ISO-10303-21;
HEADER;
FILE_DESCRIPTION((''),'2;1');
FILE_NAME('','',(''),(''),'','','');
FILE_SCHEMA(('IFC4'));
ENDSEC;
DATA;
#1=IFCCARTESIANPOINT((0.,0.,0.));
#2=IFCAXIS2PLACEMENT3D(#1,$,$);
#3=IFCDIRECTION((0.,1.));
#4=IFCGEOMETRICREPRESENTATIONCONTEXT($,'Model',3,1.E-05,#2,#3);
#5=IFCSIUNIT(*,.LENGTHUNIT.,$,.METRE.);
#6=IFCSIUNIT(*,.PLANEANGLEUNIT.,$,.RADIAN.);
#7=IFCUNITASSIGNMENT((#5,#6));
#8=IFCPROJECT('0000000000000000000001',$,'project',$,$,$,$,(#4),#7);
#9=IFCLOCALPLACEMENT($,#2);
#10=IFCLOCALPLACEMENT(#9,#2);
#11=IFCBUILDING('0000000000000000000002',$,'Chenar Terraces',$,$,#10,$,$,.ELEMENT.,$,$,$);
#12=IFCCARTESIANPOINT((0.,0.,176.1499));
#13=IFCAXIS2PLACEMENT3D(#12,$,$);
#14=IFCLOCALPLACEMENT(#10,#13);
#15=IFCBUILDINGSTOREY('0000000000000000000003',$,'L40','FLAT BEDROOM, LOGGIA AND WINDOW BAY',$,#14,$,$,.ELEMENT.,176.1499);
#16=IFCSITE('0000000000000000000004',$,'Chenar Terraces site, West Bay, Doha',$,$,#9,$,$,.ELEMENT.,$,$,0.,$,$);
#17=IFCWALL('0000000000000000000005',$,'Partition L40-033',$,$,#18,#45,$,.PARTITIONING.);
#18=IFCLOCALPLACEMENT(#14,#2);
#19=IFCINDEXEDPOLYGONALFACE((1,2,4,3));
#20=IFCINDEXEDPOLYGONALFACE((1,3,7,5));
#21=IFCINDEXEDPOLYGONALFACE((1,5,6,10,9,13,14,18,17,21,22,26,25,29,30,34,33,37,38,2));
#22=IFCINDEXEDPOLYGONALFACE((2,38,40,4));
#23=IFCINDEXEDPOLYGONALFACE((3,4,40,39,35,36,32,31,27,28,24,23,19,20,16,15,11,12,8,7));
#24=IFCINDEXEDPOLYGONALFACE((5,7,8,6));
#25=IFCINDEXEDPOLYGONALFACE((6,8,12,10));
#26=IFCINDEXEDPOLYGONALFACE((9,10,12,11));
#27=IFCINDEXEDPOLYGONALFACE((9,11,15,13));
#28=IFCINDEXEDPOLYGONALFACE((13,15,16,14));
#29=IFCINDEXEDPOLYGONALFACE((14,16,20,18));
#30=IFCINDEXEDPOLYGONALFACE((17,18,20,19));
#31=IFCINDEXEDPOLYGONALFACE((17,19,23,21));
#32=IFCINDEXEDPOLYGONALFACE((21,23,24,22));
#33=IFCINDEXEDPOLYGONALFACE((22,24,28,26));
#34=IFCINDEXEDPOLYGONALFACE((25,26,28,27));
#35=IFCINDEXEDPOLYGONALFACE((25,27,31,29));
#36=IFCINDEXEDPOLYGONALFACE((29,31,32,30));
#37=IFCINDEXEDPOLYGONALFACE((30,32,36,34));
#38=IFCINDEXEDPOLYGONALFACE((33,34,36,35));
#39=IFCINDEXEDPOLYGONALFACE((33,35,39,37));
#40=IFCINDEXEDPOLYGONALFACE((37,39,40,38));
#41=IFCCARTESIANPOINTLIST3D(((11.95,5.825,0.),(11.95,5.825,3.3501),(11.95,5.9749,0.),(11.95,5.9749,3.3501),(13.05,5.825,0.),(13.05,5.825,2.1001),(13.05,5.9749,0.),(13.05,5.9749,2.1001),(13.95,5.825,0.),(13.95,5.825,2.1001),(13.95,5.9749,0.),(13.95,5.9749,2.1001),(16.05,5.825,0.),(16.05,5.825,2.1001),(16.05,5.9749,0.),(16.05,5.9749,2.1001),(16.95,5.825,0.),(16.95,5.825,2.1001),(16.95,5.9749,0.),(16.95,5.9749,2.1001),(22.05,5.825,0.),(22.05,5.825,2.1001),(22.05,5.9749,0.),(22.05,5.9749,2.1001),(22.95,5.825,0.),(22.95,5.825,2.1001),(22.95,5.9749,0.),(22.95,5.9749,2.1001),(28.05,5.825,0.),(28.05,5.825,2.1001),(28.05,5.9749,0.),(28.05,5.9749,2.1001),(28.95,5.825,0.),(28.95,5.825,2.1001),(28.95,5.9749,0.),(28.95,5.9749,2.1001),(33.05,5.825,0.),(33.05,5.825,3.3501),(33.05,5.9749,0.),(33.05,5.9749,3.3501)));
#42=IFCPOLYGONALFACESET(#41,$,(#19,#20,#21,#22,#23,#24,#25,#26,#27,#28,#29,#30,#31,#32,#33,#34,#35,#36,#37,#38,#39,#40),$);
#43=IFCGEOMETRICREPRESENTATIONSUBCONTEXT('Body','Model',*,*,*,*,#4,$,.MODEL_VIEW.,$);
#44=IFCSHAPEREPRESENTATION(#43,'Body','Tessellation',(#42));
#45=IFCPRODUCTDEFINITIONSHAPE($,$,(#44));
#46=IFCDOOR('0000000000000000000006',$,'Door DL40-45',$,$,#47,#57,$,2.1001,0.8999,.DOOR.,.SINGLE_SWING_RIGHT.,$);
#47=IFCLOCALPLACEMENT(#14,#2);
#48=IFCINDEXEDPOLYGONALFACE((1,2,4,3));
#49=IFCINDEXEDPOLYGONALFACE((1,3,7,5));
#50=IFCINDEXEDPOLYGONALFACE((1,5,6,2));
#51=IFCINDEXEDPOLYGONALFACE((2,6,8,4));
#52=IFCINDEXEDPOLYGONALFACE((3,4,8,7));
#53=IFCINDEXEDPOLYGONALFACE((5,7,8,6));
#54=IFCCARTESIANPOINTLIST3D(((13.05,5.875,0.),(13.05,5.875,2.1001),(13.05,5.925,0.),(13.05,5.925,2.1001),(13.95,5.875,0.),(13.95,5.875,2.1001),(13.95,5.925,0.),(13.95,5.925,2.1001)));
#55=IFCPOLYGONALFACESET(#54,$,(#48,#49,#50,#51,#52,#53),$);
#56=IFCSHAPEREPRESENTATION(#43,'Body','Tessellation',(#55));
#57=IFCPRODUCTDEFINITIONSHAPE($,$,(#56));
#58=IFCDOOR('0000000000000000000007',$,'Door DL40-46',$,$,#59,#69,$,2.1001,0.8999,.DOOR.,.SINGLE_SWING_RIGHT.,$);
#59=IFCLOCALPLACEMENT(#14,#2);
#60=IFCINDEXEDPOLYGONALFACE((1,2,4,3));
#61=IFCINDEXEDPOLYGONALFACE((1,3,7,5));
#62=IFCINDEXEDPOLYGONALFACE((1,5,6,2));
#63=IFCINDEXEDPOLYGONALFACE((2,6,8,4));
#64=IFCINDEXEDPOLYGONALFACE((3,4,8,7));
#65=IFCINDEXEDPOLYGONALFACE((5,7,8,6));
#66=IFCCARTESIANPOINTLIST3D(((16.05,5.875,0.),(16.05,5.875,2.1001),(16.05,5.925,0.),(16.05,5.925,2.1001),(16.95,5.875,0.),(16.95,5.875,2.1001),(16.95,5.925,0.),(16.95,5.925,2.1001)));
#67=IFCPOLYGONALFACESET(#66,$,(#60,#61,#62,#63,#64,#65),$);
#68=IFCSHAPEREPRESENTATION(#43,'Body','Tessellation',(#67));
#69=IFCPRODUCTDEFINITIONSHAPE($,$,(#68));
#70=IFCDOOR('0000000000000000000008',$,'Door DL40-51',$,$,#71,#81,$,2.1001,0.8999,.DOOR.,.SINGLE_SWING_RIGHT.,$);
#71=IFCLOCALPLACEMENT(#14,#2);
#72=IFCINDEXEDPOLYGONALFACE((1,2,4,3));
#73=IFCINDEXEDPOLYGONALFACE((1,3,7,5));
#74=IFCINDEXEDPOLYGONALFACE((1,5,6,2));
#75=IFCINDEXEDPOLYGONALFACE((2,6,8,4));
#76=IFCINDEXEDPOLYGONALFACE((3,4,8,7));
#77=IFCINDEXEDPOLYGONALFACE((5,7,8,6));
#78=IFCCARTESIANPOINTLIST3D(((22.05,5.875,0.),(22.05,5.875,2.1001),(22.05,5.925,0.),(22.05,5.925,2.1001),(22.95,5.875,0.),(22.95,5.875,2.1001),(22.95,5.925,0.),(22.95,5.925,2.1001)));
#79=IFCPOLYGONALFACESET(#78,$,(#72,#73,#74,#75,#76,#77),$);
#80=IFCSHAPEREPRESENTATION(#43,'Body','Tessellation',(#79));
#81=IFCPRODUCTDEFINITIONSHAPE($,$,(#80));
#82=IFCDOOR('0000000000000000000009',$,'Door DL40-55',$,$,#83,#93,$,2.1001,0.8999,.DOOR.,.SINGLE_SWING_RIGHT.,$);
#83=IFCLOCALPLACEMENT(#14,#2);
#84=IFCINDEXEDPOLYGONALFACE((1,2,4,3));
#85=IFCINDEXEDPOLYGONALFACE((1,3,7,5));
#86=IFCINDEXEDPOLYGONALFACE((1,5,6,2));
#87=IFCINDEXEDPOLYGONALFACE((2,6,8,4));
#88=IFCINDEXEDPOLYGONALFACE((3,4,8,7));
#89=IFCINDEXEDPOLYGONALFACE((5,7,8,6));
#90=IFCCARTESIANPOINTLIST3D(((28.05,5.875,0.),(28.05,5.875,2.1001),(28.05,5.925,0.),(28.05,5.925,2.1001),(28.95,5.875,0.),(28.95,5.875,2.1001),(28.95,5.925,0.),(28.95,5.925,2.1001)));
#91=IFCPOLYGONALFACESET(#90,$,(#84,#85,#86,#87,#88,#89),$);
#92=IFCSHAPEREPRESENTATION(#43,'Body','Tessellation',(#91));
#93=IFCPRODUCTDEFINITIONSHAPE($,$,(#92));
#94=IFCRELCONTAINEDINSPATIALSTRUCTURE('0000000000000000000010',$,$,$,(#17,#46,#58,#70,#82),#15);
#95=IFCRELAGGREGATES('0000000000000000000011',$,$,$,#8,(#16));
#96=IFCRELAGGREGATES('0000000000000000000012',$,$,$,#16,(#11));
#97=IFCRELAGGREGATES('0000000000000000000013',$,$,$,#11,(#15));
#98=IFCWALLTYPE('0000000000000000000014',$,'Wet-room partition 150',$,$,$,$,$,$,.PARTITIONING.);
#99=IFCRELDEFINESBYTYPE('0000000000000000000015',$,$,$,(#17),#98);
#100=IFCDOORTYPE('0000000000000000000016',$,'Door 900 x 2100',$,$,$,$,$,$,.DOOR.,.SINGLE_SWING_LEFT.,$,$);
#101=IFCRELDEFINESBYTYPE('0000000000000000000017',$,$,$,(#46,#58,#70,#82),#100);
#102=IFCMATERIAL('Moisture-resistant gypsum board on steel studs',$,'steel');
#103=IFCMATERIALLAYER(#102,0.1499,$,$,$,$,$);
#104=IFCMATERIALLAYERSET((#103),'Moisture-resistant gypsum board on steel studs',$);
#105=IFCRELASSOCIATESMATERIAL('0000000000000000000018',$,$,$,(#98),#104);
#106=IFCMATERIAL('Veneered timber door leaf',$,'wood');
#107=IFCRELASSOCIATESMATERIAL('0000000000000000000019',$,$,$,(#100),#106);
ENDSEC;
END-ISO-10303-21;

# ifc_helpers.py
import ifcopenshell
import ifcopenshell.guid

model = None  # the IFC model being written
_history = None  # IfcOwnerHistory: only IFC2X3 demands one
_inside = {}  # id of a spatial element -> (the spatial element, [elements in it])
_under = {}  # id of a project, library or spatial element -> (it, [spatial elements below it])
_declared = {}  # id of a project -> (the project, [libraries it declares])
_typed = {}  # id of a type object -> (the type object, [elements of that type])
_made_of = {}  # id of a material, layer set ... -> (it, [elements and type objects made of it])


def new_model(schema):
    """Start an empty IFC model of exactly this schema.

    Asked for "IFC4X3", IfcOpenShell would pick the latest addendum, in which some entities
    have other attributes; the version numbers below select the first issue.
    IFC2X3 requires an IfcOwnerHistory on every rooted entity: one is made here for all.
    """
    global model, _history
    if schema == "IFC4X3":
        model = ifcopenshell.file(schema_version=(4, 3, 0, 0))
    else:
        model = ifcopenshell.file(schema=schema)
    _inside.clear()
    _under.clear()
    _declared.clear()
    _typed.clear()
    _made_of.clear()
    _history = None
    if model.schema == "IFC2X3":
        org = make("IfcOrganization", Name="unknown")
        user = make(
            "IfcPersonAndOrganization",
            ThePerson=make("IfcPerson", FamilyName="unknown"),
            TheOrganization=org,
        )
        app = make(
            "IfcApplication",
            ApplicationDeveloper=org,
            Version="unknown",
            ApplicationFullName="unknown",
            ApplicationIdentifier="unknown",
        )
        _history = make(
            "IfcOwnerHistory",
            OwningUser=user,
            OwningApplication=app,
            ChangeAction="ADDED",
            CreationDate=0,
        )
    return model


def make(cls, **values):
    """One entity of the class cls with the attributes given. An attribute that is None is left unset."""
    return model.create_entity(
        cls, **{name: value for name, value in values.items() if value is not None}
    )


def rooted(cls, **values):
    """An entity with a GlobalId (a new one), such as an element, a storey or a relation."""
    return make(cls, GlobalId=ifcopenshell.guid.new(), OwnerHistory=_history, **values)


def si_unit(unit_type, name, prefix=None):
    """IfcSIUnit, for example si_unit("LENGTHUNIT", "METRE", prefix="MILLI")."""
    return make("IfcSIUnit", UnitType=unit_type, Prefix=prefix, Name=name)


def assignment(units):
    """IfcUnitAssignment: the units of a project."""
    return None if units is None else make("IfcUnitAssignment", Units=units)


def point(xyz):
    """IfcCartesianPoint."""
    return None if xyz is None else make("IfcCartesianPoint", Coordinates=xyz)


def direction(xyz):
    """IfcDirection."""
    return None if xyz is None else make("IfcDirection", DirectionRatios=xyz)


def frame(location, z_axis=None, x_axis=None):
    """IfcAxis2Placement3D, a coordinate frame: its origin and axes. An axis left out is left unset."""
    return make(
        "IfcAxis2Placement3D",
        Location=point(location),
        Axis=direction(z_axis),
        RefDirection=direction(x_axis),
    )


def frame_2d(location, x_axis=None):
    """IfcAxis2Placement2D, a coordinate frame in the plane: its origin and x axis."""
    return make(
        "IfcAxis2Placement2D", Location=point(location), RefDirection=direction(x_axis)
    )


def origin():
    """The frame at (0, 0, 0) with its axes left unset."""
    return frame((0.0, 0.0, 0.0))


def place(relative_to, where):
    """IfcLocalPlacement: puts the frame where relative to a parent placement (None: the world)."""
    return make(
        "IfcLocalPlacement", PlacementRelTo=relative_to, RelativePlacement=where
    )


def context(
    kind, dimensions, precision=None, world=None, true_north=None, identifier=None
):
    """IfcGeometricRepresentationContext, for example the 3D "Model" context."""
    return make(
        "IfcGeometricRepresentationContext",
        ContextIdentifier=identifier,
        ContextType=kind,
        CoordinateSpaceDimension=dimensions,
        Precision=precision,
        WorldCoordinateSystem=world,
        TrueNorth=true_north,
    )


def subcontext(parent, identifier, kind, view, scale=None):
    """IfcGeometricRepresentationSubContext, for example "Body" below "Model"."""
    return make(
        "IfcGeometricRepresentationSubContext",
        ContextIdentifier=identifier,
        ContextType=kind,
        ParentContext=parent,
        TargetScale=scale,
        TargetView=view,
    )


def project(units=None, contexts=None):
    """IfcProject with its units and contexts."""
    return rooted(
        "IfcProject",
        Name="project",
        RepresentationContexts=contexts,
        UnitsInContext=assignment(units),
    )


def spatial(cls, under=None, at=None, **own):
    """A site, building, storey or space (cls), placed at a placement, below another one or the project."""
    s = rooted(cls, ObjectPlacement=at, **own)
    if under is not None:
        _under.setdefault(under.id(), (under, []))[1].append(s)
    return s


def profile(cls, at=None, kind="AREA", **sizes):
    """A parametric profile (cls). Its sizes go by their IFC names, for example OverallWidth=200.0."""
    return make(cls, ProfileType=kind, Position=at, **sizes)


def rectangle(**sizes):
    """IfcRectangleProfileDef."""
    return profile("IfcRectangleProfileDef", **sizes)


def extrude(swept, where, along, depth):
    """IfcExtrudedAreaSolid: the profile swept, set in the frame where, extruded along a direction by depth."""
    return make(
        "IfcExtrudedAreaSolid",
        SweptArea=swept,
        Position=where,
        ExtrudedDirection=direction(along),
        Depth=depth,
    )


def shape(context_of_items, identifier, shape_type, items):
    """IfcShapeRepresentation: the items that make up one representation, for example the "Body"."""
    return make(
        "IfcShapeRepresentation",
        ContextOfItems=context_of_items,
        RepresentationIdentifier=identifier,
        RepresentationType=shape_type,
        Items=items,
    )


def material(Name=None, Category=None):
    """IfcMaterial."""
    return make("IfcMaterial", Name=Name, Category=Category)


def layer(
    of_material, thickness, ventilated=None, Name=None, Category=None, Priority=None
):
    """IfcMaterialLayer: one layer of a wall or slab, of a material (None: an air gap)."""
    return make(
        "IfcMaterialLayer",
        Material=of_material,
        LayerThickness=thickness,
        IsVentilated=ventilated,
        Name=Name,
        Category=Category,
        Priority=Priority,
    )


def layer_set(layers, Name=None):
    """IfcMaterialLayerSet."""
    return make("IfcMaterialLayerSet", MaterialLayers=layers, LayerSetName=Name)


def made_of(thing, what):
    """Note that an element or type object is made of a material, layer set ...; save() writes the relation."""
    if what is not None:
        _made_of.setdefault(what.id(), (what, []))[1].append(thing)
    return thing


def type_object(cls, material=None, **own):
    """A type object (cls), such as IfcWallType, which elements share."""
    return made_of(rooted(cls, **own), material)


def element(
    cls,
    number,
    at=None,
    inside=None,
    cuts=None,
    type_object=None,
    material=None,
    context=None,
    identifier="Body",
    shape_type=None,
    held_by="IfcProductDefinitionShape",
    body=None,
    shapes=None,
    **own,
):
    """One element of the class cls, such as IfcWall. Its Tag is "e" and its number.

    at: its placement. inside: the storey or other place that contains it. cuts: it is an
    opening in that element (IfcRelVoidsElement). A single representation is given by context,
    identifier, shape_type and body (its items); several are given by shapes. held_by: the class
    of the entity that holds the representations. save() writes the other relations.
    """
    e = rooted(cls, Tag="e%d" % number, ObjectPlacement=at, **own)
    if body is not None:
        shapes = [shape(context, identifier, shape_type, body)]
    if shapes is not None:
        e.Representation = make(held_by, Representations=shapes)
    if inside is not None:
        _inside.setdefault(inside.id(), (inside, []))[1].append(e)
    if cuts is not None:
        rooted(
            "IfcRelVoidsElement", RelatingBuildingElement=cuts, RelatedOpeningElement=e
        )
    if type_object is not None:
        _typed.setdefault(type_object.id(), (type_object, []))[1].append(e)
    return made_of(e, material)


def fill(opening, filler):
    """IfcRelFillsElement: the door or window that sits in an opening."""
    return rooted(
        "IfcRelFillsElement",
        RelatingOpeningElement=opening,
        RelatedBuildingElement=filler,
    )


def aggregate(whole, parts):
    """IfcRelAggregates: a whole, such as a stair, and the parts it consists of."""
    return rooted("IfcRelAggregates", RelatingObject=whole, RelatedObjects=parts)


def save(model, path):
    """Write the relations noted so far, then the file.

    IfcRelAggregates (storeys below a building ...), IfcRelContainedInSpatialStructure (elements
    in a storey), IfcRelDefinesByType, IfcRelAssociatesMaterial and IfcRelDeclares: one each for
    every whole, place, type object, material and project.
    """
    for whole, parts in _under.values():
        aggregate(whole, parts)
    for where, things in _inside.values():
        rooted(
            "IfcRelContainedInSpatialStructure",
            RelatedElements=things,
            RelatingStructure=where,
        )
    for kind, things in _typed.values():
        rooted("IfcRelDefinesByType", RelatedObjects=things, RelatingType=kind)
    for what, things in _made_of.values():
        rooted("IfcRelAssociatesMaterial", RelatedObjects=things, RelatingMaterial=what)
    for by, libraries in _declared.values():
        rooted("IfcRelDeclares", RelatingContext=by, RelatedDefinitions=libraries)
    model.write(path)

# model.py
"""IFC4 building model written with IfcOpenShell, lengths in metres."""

from ifc_helpers import new_model, si_unit, direction, frame, frame_2d, origin, place, context, subcontext, project, spatial, rectangle, extrude, material, layer, layer_set, type_object, element, fill, save


model = new_model("IFC4")

# Units and contexts
model_context = context("Model", 3, precision=1e-05, world=origin(), true_north=direction((0.0, 1.0)))
body_context = subcontext(model_context, "Body", "Model", "MODEL_VIEW")
ifc_project = project(units=[si_unit("LENGTHUNIT", "METRE"), si_unit("PLANEANGLEUNIT", "RADIAN")], contexts=[model_context])

# Site, building, storey
site_placement = place(None, origin())
site = spatial("IfcSite", under=ifc_project, at=site_placement, Name="Chenar Terraces site, West Bay, Doha", CompositionType="ELEMENT", RefElevation=0.0)
building_placement = place(site_placement, origin())
building = spatial("IfcBuilding", under=site, at=building_placement, Name="Chenar Terraces", CompositionType="ELEMENT")
storey_placement = place(building_placement, frame((0.0, 0.0, 176.1499)))
storey = spatial("IfcBuildingStorey", under=building, at=storey_placement, Name="L40", Description="FLAT BEDROOM, LOGGIA AND WINDOW BAY", CompositionType="ELEMENT", Elevation=176.1499)

# Wall, openings, doors
ifc_material_1 = material(Name="Moisture-resistant gypsum board on steel studs", Category="steel")
ifc_layer_1 = layer(ifc_material_1, 0.1499)
ifc_layer_set_1 = layer_set([ifc_layer_1], Name="Moisture-resistant gypsum board on steel studs")
wall_type_1 = type_object("IfcWallType", Name="Wet-room partition 150", PredefinedType="PARTITIONING", material=ifc_layer_set_1)
wall_1_placement = place(storey_placement, frame((11.95, 5.8999, 0.0), z_axis=(0.0, 0.0, 1.0), x_axis=(1.0, 0.0, 0.0)))
wall_1 = element("IfcWall", 1, at=wall_1_placement, inside=storey, type_object=wall_type_1, Name="Partition L40-033", PredefinedType="PARTITIONING", context=body_context, shape_type="SweptSolid", body=[
    extrude(rectangle(XDim=21.1001, YDim=0.1499, at=frame_2d((10.55, 0.0))), origin(), (0.0, 0.0, 1.0), 3.3501),
])
opening_1_placement = place(wall_1_placement, frame((1.1001, 0.0, 0.0)))
opening_1 = element("IfcOpeningElement", 2, at=opening_1_placement, cuts=wall_1, PredefinedType="OPENING", context=body_context, shape_type="SweptSolid", body=[
    extrude(rectangle(XDim=0.8999, YDim=2.1001, at=frame_2d((0.45, 1.05))), frame((0.0, 0.085, 0.0), z_axis=(0.0, -1.0, 0.0), x_axis=(1.0, 0.0, 0.0)), (0.0, 0.0, 1.0), 0.1699),
])
opening_2_placement = place(wall_1_placement, frame((4.1001, 0.0, 0.0)))
opening_2 = element("IfcOpeningElement", 3, at=opening_2_placement, cuts=wall_1, PredefinedType="OPENING", context=body_context, shape_type="SweptSolid", body=[
    extrude(rectangle(XDim=0.8999, YDim=2.1001, at=frame_2d((0.45, 1.05))), frame((0.0, 0.085, 0.0), z_axis=(0.0, -1.0, 0.0), x_axis=(1.0, 0.0, 0.0)), (0.0, 0.0, 1.0), 0.1699),
])
opening_3_placement = place(wall_1_placement, frame((10.1001, 0.0, 0.0)))
opening_3 = element("IfcOpeningElement", 4, at=opening_3_placement, cuts=wall_1, PredefinedType="OPENING", context=body_context, shape_type="SweptSolid", body=[
    extrude(rectangle(XDim=0.8999, YDim=2.1001, at=frame_2d((0.45, 1.05))), frame((0.0, 0.085, 0.0), z_axis=(0.0, -1.0, 0.0), x_axis=(1.0, 0.0, 0.0)), (0.0, 0.0, 1.0), 0.1699),
])
opening_4_placement = place(wall_1_placement, frame((16.1001, 0.0, 0.0)))
opening_4 = element("IfcOpeningElement", 5, at=opening_4_placement, cuts=wall_1, PredefinedType="OPENING", context=body_context, shape_type="SweptSolid", body=[
    extrude(rectangle(XDim=0.8999, YDim=2.1001, at=frame_2d((0.45, 1.05))), frame((0.0, 0.085, 0.0), z_axis=(0.0, -1.0, 0.0), x_axis=(1.0, 0.0, 0.0)), (0.0, 0.0, 1.0), 0.1699),
])
ifc_material_2 = material(Name="Veneered timber door leaf", Category="wood")
door_type_1 = type_object("IfcDoorType", Name="Door 900 x 2100", OperationType="SINGLE_SWING_LEFT", PredefinedType="DOOR", material=ifc_material_2)
door_1_placement = place(opening_1_placement, frame((0.8999, 0.0, 0.0), z_axis=(0.0, 0.0, 1.0), x_axis=(-1.0, 0.0, 0.0)))
door_1 = element("IfcDoor", 6, at=door_1_placement, inside=storey, type_object=door_type_1, Name="Door DL40-45", OperationType="SINGLE_SWING_RIGHT", OverallHeight=2.1001, OverallWidth=0.8999, PredefinedType="DOOR", context=body_context, shape_type="SweptSolid", body=[
    extrude(rectangle(XDim=0.8999, YDim=2.1001, at=frame_2d((0.45, 1.05))), frame((0.0, 0.0249, 0.0), z_axis=(0.0, -1.0, 0.0), x_axis=(1.0, 0.0, 0.0)), (0.0, 0.0, 1.0), 0.05),
])
fill(opening_1, door_1)
door_2_placement = place(opening_2_placement, frame((0.8999, 0.0, 0.0), z_axis=(0.0, 0.0, 1.0), x_axis=(-1.0, 0.0, 0.0)))
door_2 = element("IfcDoor", 7, at=door_2_placement, inside=storey, type_object=door_type_1, Name="Door DL40-46", OperationType="SINGLE_SWING_RIGHT", OverallHeight=2.1001, OverallWidth=0.8999, PredefinedType="DOOR", context=body_context, shape_type="SweptSolid", body=[
    extrude(rectangle(XDim=0.8999, YDim=2.1001, at=frame_2d((0.45, 1.05))), frame((0.0, 0.0249, 0.0), z_axis=(0.0, -1.0, 0.0), x_axis=(1.0, 0.0, 0.0)), (0.0, 0.0, 1.0), 0.05),
])
fill(opening_2, door_2)
door_3_placement = place(opening_3_placement, frame((0.8999, 0.0, 0.0), z_axis=(0.0, 0.0, 1.0), x_axis=(-1.0, 0.0, 0.0)))
door_3 = element("IfcDoor", 8, at=door_3_placement, inside=storey, type_object=door_type_1, Name="Door DL40-51", OperationType="SINGLE_SWING_RIGHT", OverallHeight=2.1001, OverallWidth=0.8999, PredefinedType="DOOR", context=body_context, shape_type="SweptSolid", body=[
    extrude(rectangle(XDim=0.8999, YDim=2.1001, at=frame_2d((0.45, 1.05))), frame((0.0, 0.0249, 0.0), z_axis=(0.0, -1.0, 0.0), x_axis=(1.0, 0.0, 0.0)), (0.0, 0.0, 1.0), 0.05),
])
fill(opening_3, door_3)
door_4_placement = place(opening_4_placement, frame((0.8999, 0.0, 0.0), z_axis=(0.0, 0.0, 1.0), x_axis=(-1.0, 0.0, 0.0)))
door_4 = element("IfcDoor", 9, at=door_4_placement, inside=storey, type_object=door_type_1, Name="Door DL40-55", OperationType="SINGLE_SWING_RIGHT", OverallHeight=2.1001, OverallWidth=0.8999, PredefinedType="DOOR", context=body_context, shape_type="SweptSolid", body=[
    extrude(rectangle(XDim=0.8999, YDim=2.1001, at=frame_2d((0.45, 1.05))), frame((0.0, 0.0249, 0.0), z_axis=(0.0, -1.0, 0.0), x_axis=(1.0, 0.0, 0.0)), (0.0, 0.0, 1.0), 0.05),
])
fill(opening_4, door_4)

save(model, "model.ifc")
